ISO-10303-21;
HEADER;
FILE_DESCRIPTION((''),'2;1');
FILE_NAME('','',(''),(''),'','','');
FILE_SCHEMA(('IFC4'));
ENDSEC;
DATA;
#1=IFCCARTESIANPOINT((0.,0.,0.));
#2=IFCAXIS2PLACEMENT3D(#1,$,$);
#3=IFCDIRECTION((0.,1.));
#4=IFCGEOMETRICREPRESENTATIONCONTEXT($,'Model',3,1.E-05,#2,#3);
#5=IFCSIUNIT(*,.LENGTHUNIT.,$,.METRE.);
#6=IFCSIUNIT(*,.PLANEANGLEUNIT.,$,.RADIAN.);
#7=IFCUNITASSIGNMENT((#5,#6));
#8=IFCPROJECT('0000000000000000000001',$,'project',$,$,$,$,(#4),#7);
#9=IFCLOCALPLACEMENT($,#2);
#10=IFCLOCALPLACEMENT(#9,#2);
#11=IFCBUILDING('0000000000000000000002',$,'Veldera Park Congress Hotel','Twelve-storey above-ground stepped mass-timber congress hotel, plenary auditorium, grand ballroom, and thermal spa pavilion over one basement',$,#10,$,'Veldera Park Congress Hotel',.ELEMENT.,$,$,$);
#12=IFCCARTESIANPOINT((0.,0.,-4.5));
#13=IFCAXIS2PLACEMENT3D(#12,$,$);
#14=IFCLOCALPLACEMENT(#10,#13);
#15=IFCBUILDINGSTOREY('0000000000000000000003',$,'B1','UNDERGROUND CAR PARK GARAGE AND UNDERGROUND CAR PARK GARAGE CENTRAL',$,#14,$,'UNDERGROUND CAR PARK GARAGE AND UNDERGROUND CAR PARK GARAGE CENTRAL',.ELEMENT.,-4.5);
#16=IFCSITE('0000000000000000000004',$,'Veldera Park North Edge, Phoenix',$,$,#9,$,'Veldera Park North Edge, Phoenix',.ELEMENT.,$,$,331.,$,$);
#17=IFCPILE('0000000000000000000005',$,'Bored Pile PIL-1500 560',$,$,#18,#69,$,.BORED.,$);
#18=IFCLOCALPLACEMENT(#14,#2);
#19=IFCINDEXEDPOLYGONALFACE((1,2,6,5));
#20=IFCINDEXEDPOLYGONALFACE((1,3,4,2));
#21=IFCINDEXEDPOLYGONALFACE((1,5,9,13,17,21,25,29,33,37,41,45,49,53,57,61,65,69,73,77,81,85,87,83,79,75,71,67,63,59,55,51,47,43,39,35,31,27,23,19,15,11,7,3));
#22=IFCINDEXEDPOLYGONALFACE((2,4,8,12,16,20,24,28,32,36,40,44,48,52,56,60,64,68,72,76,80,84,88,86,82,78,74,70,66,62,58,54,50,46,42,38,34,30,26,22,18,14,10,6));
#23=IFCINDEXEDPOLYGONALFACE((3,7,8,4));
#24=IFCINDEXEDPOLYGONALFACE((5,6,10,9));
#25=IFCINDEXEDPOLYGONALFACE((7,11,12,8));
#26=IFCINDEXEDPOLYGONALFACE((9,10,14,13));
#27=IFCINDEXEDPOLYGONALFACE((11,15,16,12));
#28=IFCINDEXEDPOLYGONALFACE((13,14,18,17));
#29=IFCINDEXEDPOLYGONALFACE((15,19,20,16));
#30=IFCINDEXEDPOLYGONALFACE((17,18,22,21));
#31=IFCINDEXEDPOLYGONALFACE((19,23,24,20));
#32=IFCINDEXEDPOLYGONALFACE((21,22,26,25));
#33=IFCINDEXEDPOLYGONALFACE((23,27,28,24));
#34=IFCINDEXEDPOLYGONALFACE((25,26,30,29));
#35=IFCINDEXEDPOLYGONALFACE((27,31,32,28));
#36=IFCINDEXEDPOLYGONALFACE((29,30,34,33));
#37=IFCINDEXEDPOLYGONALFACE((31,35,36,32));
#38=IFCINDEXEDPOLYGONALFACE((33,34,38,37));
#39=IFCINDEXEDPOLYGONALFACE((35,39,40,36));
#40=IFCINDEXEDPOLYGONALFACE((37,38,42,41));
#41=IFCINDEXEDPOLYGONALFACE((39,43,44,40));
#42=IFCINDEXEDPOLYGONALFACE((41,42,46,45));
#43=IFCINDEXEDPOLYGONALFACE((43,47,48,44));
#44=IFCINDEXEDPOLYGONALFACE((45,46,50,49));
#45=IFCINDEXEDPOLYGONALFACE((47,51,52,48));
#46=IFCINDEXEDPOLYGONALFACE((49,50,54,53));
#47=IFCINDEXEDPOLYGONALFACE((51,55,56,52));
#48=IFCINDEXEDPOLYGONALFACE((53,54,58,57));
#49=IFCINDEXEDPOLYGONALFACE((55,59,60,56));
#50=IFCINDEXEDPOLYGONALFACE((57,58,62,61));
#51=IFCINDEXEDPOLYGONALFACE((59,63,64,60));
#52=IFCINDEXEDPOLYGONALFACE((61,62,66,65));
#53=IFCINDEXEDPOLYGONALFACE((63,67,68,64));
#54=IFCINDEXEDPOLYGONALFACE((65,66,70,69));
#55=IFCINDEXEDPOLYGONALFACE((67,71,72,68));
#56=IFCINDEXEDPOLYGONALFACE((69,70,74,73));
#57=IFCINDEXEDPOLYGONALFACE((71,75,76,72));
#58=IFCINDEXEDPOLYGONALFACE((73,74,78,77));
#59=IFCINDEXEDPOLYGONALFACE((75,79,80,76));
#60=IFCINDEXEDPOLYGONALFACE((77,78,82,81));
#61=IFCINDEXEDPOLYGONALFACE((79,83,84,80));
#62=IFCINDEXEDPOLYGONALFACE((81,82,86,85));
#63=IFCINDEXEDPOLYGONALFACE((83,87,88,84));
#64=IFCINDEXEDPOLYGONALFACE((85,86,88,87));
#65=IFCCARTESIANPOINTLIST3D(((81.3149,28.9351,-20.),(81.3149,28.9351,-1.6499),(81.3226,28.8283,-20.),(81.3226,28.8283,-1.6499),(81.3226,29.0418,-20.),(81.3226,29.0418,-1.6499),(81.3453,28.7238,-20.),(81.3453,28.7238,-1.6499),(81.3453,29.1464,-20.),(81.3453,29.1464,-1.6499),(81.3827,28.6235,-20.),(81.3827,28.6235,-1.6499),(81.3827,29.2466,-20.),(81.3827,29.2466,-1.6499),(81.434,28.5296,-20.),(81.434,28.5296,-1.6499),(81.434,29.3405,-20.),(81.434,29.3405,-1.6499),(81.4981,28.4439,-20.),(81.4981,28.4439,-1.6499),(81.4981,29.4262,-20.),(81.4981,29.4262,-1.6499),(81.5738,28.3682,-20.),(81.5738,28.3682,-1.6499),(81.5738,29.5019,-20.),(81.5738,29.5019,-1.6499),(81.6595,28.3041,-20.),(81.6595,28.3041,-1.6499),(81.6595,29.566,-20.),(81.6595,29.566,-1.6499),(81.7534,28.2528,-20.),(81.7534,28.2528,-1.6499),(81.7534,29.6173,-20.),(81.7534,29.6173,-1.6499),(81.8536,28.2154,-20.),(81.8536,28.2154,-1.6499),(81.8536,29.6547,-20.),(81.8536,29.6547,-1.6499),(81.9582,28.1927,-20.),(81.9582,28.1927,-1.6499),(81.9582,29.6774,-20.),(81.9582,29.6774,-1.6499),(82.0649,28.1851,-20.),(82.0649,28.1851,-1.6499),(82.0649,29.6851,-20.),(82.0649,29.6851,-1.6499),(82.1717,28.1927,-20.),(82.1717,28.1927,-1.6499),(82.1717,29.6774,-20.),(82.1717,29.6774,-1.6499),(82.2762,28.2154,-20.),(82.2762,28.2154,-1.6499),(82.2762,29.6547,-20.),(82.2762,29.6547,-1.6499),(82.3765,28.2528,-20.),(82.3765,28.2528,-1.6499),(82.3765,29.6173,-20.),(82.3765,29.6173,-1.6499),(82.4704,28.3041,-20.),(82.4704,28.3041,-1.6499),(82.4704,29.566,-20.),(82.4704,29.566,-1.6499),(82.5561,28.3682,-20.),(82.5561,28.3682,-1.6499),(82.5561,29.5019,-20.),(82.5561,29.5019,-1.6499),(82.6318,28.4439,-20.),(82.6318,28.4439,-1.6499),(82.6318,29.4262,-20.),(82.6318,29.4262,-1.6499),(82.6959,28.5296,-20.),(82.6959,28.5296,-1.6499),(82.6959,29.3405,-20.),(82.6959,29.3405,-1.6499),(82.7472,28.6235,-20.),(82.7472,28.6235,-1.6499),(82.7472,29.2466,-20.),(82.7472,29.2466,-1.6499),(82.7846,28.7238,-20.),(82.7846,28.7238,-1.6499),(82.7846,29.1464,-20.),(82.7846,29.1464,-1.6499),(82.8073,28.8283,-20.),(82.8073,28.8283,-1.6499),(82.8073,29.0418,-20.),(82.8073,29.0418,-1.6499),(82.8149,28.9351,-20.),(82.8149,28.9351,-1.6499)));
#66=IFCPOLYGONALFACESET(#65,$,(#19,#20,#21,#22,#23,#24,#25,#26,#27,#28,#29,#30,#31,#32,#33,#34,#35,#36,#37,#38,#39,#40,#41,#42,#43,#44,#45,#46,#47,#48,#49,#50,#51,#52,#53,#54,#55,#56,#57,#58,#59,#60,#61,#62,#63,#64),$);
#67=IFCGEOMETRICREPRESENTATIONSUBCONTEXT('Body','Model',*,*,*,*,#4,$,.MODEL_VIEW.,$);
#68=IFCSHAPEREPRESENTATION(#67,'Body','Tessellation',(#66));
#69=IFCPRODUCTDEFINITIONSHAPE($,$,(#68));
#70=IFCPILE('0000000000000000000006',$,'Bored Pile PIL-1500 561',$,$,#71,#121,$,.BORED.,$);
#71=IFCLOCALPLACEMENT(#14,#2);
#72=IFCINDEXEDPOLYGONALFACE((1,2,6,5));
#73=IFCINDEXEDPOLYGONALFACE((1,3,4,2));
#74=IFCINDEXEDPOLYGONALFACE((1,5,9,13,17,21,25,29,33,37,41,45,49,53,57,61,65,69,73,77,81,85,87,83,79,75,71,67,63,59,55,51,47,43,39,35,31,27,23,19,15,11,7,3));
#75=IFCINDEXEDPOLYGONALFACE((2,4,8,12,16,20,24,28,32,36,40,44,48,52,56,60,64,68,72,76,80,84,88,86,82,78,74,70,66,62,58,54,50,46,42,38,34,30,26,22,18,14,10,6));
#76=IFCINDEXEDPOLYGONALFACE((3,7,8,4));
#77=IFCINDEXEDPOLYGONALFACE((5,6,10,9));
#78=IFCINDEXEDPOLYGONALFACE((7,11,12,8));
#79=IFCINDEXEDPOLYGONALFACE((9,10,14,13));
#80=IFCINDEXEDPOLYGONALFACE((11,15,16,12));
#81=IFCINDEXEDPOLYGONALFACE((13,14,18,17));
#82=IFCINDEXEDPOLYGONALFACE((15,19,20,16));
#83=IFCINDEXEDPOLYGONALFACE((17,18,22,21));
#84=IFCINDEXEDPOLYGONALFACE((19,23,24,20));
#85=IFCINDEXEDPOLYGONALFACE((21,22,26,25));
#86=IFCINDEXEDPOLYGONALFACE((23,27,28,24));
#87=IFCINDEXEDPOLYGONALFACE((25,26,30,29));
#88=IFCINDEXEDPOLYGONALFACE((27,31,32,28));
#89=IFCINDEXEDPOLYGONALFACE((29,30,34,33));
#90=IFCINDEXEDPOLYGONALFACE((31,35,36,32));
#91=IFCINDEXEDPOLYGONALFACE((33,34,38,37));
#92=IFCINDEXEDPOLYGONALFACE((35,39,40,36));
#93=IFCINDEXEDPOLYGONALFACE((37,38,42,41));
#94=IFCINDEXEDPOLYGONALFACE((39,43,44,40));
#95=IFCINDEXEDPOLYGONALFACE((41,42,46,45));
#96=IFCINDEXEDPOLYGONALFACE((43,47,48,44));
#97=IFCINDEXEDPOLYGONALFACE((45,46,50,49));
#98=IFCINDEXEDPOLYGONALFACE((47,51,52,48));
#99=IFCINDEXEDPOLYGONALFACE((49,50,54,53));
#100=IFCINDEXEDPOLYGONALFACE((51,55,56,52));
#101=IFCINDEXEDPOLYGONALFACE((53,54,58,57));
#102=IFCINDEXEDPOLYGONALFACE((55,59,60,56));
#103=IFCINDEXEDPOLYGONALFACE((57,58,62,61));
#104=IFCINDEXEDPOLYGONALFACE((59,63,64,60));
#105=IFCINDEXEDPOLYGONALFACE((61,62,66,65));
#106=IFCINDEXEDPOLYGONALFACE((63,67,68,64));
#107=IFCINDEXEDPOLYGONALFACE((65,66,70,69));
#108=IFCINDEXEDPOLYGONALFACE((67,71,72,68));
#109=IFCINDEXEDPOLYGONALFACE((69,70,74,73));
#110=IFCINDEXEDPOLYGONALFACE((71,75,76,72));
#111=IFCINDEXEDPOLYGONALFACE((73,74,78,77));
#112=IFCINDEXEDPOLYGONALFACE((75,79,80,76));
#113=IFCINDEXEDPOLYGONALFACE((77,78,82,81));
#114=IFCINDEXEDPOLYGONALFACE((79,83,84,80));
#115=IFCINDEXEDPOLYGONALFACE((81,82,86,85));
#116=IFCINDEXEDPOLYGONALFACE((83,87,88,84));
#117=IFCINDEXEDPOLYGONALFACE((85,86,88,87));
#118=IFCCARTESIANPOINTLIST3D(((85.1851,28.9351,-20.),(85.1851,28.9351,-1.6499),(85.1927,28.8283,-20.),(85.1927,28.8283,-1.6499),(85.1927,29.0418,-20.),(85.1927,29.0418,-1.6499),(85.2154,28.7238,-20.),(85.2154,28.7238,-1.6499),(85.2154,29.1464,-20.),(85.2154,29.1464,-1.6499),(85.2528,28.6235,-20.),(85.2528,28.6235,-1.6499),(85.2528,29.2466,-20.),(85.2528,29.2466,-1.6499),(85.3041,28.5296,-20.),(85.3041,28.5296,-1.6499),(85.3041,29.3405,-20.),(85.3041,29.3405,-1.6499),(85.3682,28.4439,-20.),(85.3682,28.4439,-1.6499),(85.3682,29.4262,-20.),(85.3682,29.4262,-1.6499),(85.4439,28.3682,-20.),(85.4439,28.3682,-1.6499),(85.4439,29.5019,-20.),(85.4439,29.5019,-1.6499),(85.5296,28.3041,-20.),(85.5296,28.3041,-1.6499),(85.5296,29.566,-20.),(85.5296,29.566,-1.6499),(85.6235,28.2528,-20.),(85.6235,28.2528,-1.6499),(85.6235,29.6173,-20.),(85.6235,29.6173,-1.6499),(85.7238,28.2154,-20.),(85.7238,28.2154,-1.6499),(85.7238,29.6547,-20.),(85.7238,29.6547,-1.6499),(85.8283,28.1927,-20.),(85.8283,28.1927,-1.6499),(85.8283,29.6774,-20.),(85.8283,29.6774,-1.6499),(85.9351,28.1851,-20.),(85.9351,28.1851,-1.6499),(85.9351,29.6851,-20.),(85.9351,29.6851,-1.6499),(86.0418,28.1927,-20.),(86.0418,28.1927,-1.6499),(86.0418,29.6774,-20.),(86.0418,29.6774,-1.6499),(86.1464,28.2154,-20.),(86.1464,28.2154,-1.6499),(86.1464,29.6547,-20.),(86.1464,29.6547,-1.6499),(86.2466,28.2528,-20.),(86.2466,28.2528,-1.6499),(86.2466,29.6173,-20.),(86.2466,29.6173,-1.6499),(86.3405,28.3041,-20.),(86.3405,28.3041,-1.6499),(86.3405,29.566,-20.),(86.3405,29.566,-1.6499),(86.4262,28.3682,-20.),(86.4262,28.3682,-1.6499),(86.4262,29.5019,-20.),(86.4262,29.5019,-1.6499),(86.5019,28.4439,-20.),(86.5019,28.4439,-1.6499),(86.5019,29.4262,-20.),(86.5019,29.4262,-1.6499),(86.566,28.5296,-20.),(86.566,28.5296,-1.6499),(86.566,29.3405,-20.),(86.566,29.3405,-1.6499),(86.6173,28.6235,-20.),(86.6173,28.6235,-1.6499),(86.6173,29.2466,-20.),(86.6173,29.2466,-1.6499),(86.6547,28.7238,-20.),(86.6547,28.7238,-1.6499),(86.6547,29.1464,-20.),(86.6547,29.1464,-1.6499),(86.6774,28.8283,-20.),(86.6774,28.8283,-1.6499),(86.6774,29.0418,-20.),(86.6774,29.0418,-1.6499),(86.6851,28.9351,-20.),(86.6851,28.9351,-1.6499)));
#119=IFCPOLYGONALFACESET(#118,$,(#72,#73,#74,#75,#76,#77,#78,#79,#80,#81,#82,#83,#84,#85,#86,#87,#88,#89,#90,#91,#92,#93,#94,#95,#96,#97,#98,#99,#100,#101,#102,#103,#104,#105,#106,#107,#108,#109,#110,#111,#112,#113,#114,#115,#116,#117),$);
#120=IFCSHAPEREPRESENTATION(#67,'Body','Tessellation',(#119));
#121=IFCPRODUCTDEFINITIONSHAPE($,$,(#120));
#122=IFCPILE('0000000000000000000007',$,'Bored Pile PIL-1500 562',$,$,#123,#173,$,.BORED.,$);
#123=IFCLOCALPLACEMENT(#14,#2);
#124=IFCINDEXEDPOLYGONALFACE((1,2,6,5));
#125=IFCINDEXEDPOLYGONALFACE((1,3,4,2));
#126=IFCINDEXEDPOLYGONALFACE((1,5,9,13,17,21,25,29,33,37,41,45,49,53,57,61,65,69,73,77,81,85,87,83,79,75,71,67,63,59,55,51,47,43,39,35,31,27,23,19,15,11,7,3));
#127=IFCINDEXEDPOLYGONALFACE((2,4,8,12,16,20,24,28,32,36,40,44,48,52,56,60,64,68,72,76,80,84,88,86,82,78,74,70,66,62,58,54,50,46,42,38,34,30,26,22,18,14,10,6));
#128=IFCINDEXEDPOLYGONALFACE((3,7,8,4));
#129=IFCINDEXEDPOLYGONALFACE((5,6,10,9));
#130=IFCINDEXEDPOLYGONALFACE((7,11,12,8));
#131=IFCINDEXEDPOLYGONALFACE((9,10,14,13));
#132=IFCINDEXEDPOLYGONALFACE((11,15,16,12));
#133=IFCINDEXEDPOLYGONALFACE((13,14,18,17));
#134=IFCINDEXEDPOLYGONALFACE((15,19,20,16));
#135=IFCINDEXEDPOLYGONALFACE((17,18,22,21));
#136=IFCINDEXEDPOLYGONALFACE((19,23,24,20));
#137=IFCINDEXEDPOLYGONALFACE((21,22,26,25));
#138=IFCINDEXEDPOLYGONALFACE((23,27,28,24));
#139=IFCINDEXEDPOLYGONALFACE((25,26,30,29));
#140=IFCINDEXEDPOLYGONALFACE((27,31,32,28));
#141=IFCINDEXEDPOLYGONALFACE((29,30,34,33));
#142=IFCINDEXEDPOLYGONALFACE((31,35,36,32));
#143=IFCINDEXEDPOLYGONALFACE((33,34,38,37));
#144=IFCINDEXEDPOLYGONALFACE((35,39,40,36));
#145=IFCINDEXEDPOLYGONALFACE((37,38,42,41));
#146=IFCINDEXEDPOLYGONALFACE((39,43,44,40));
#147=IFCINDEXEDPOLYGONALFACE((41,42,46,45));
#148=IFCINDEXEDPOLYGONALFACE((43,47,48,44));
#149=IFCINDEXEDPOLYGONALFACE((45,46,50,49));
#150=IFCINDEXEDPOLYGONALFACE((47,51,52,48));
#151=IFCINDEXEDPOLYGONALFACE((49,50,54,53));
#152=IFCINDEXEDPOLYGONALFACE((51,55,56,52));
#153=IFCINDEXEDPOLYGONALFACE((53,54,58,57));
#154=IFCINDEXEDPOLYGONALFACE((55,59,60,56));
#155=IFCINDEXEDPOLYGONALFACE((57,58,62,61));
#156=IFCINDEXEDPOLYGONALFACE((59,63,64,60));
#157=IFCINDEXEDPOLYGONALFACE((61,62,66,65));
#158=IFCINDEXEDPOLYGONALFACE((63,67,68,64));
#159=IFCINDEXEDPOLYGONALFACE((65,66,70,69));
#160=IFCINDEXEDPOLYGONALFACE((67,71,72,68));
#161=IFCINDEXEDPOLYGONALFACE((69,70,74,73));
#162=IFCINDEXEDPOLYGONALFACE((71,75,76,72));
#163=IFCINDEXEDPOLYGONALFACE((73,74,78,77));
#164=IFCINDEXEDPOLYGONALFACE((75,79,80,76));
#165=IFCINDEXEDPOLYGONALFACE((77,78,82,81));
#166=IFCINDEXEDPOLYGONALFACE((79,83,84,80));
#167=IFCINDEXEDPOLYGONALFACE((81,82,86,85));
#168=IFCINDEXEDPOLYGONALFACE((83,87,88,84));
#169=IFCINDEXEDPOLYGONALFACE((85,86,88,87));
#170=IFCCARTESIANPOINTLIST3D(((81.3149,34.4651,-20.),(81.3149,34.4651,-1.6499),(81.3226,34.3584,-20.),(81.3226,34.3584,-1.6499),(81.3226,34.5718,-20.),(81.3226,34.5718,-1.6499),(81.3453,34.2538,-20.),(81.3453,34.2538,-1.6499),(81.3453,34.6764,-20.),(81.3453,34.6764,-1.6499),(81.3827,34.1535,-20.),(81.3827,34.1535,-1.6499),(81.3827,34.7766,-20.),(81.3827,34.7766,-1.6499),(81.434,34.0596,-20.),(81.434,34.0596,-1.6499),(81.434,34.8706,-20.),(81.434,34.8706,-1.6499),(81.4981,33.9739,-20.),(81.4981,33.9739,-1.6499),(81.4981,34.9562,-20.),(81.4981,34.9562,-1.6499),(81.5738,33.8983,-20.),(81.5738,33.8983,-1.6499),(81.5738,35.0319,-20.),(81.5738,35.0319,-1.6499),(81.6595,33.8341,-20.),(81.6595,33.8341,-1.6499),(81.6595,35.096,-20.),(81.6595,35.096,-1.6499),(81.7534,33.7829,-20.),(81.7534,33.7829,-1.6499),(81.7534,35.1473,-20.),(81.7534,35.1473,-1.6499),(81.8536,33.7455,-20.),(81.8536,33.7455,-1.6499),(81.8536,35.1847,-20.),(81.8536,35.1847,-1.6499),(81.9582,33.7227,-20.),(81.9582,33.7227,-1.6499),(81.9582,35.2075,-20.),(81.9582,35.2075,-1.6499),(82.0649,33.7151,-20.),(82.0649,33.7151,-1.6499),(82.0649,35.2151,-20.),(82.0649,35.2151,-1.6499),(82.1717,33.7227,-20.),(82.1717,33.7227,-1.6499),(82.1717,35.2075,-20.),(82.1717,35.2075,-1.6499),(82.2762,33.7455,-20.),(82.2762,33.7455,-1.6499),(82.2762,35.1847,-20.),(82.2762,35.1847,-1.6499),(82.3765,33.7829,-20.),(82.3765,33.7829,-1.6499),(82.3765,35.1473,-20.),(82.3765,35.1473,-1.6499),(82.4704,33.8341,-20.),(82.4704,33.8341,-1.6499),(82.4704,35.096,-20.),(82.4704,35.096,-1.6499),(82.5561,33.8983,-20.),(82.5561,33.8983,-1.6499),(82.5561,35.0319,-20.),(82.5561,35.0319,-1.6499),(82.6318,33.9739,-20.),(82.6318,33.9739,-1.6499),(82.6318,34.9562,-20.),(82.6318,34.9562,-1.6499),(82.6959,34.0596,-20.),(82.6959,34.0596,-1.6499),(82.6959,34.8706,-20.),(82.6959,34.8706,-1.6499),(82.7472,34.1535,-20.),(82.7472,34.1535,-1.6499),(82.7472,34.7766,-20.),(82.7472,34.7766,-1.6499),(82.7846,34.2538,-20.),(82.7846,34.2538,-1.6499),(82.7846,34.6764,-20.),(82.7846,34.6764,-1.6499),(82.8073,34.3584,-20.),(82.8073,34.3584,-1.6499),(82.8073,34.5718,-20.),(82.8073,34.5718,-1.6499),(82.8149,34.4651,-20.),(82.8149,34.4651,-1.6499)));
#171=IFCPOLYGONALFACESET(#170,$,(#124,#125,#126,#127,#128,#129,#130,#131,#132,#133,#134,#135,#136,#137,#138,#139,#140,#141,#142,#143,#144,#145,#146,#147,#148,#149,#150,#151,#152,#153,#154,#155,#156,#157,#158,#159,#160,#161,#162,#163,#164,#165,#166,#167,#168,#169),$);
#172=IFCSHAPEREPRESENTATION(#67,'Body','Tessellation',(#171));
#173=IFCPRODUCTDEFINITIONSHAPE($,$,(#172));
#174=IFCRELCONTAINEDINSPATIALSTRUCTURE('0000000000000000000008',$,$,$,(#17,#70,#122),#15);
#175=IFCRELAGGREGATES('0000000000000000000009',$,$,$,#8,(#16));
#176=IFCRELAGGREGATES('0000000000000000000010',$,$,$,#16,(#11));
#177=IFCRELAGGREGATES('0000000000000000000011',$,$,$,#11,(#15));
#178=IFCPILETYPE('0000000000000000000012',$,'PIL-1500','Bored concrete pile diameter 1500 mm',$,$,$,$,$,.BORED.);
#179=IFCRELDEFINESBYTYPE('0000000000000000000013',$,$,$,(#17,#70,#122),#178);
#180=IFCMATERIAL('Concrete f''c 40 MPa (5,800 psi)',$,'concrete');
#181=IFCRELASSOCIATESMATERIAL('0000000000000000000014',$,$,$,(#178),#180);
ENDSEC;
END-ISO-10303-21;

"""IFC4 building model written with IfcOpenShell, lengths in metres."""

from ifc_helpers import new_model, si_unit, direction, frame, origin, origin_2d, place, context, subcontext, project, spatial, circle, extrude, material, material_profile, profile_set, type_object, element, save


model = new_model("IFC4")

# Units and contexts
model_context = context("Model", 3, precision=1e-05, world=origin(), true_north=direction((0.0, 1.0)))
body_context = subcontext(model_context, "Body", "Model", "MODEL_VIEW")
ifc_project = project(units=[si_unit("LENGTHUNIT", "METRE"), si_unit("PLANEANGLEUNIT", "RADIAN")], contexts=[model_context])

# Site, building, storey
site_placement = place(None, origin())
site = spatial("IfcSite", under=ifc_project, at=site_placement, Name="Veldera Park North Edge, Phoenix", LongName="Veldera Park North Edge, Phoenix", CompositionType="ELEMENT", RefElevation=331.0)
building_placement = place(site_placement, origin())
building = spatial("IfcBuilding", under=site, at=building_placement, Name="Veldera Park Congress Hotel", Description="Twelve-storey above-ground stepped mass-timber congress hotel, plenary auditorium, grand ballroom, and thermal spa pavilion over one basement", LongName="Veldera Park Congress Hotel", CompositionType="ELEMENT")
storey_placement = place(building_placement, frame((0.0, 0.0, -4.5)))
storey = spatial("IfcBuildingStorey", under=building, at=storey_placement, Name="B1", Description="UNDERGROUND CAR PARK GARAGE AND UNDERGROUND CAR PARK GARAGE CENTRAL", LongName="UNDERGROUND CAR PARK GARAGE AND UNDERGROUND CAR PARK GARAGE CENTRAL", CompositionType="ELEMENT", Elevation=-4.5)

# Shared definitions
ifc_material_1 = material(Name="Concrete f'c 40 MPa (5,800 psi)", Category="concrete")

# Piles
ifc_material_profile_1 = material_profile(ifc_material_1, circle(Radius=0.75, at=origin_2d()), Name="PILE D1500")
ifc_profile_set_1 = profile_set([ifc_material_profile_1], Name="Concrete f'c 40 MPa (5,800 psi)")
pile_type = type_object("IfcPileType", Name="PIL-1500", Description="Bored concrete pile diameter 1500 mm", PredefinedType="BORED", material=ifc_profile_set_1)
for number, where, z_axis, x_axis, name in (
    (1, (82.0649, 28.9351, -1.6499), (0.0, 0.0, -1.0), (1.0, 0.0, 0.0), "Bored Pile PIL-1500 560"),
    (2, (85.9351, 28.9351, -1.6499), (0.0, 0.0, -1.0), (1.0, 0.0, 0.0), "Bored Pile PIL-1500 561"),
    (3, (82.0649, 34.4651, -1.6499), (0.0, 0.0, -1.0), (1.0, 0.0, 0.0), "Bored Pile PIL-1500 562"),
):
    element("IfcPile", number, at=place(storey_placement, frame(where, z_axis=z_axis, x_axis=x_axis)), inside=storey, type_object=pile_type, Name=name, PredefinedType="BORED", context=body_context, shape_type="SweptSolid", body=[
        extrude(circle(Radius=0.75, at=origin_2d()), origin(), (0.0, 0.0, 1.0), 18.3501),
    ])

save(model, "model.ifc")
